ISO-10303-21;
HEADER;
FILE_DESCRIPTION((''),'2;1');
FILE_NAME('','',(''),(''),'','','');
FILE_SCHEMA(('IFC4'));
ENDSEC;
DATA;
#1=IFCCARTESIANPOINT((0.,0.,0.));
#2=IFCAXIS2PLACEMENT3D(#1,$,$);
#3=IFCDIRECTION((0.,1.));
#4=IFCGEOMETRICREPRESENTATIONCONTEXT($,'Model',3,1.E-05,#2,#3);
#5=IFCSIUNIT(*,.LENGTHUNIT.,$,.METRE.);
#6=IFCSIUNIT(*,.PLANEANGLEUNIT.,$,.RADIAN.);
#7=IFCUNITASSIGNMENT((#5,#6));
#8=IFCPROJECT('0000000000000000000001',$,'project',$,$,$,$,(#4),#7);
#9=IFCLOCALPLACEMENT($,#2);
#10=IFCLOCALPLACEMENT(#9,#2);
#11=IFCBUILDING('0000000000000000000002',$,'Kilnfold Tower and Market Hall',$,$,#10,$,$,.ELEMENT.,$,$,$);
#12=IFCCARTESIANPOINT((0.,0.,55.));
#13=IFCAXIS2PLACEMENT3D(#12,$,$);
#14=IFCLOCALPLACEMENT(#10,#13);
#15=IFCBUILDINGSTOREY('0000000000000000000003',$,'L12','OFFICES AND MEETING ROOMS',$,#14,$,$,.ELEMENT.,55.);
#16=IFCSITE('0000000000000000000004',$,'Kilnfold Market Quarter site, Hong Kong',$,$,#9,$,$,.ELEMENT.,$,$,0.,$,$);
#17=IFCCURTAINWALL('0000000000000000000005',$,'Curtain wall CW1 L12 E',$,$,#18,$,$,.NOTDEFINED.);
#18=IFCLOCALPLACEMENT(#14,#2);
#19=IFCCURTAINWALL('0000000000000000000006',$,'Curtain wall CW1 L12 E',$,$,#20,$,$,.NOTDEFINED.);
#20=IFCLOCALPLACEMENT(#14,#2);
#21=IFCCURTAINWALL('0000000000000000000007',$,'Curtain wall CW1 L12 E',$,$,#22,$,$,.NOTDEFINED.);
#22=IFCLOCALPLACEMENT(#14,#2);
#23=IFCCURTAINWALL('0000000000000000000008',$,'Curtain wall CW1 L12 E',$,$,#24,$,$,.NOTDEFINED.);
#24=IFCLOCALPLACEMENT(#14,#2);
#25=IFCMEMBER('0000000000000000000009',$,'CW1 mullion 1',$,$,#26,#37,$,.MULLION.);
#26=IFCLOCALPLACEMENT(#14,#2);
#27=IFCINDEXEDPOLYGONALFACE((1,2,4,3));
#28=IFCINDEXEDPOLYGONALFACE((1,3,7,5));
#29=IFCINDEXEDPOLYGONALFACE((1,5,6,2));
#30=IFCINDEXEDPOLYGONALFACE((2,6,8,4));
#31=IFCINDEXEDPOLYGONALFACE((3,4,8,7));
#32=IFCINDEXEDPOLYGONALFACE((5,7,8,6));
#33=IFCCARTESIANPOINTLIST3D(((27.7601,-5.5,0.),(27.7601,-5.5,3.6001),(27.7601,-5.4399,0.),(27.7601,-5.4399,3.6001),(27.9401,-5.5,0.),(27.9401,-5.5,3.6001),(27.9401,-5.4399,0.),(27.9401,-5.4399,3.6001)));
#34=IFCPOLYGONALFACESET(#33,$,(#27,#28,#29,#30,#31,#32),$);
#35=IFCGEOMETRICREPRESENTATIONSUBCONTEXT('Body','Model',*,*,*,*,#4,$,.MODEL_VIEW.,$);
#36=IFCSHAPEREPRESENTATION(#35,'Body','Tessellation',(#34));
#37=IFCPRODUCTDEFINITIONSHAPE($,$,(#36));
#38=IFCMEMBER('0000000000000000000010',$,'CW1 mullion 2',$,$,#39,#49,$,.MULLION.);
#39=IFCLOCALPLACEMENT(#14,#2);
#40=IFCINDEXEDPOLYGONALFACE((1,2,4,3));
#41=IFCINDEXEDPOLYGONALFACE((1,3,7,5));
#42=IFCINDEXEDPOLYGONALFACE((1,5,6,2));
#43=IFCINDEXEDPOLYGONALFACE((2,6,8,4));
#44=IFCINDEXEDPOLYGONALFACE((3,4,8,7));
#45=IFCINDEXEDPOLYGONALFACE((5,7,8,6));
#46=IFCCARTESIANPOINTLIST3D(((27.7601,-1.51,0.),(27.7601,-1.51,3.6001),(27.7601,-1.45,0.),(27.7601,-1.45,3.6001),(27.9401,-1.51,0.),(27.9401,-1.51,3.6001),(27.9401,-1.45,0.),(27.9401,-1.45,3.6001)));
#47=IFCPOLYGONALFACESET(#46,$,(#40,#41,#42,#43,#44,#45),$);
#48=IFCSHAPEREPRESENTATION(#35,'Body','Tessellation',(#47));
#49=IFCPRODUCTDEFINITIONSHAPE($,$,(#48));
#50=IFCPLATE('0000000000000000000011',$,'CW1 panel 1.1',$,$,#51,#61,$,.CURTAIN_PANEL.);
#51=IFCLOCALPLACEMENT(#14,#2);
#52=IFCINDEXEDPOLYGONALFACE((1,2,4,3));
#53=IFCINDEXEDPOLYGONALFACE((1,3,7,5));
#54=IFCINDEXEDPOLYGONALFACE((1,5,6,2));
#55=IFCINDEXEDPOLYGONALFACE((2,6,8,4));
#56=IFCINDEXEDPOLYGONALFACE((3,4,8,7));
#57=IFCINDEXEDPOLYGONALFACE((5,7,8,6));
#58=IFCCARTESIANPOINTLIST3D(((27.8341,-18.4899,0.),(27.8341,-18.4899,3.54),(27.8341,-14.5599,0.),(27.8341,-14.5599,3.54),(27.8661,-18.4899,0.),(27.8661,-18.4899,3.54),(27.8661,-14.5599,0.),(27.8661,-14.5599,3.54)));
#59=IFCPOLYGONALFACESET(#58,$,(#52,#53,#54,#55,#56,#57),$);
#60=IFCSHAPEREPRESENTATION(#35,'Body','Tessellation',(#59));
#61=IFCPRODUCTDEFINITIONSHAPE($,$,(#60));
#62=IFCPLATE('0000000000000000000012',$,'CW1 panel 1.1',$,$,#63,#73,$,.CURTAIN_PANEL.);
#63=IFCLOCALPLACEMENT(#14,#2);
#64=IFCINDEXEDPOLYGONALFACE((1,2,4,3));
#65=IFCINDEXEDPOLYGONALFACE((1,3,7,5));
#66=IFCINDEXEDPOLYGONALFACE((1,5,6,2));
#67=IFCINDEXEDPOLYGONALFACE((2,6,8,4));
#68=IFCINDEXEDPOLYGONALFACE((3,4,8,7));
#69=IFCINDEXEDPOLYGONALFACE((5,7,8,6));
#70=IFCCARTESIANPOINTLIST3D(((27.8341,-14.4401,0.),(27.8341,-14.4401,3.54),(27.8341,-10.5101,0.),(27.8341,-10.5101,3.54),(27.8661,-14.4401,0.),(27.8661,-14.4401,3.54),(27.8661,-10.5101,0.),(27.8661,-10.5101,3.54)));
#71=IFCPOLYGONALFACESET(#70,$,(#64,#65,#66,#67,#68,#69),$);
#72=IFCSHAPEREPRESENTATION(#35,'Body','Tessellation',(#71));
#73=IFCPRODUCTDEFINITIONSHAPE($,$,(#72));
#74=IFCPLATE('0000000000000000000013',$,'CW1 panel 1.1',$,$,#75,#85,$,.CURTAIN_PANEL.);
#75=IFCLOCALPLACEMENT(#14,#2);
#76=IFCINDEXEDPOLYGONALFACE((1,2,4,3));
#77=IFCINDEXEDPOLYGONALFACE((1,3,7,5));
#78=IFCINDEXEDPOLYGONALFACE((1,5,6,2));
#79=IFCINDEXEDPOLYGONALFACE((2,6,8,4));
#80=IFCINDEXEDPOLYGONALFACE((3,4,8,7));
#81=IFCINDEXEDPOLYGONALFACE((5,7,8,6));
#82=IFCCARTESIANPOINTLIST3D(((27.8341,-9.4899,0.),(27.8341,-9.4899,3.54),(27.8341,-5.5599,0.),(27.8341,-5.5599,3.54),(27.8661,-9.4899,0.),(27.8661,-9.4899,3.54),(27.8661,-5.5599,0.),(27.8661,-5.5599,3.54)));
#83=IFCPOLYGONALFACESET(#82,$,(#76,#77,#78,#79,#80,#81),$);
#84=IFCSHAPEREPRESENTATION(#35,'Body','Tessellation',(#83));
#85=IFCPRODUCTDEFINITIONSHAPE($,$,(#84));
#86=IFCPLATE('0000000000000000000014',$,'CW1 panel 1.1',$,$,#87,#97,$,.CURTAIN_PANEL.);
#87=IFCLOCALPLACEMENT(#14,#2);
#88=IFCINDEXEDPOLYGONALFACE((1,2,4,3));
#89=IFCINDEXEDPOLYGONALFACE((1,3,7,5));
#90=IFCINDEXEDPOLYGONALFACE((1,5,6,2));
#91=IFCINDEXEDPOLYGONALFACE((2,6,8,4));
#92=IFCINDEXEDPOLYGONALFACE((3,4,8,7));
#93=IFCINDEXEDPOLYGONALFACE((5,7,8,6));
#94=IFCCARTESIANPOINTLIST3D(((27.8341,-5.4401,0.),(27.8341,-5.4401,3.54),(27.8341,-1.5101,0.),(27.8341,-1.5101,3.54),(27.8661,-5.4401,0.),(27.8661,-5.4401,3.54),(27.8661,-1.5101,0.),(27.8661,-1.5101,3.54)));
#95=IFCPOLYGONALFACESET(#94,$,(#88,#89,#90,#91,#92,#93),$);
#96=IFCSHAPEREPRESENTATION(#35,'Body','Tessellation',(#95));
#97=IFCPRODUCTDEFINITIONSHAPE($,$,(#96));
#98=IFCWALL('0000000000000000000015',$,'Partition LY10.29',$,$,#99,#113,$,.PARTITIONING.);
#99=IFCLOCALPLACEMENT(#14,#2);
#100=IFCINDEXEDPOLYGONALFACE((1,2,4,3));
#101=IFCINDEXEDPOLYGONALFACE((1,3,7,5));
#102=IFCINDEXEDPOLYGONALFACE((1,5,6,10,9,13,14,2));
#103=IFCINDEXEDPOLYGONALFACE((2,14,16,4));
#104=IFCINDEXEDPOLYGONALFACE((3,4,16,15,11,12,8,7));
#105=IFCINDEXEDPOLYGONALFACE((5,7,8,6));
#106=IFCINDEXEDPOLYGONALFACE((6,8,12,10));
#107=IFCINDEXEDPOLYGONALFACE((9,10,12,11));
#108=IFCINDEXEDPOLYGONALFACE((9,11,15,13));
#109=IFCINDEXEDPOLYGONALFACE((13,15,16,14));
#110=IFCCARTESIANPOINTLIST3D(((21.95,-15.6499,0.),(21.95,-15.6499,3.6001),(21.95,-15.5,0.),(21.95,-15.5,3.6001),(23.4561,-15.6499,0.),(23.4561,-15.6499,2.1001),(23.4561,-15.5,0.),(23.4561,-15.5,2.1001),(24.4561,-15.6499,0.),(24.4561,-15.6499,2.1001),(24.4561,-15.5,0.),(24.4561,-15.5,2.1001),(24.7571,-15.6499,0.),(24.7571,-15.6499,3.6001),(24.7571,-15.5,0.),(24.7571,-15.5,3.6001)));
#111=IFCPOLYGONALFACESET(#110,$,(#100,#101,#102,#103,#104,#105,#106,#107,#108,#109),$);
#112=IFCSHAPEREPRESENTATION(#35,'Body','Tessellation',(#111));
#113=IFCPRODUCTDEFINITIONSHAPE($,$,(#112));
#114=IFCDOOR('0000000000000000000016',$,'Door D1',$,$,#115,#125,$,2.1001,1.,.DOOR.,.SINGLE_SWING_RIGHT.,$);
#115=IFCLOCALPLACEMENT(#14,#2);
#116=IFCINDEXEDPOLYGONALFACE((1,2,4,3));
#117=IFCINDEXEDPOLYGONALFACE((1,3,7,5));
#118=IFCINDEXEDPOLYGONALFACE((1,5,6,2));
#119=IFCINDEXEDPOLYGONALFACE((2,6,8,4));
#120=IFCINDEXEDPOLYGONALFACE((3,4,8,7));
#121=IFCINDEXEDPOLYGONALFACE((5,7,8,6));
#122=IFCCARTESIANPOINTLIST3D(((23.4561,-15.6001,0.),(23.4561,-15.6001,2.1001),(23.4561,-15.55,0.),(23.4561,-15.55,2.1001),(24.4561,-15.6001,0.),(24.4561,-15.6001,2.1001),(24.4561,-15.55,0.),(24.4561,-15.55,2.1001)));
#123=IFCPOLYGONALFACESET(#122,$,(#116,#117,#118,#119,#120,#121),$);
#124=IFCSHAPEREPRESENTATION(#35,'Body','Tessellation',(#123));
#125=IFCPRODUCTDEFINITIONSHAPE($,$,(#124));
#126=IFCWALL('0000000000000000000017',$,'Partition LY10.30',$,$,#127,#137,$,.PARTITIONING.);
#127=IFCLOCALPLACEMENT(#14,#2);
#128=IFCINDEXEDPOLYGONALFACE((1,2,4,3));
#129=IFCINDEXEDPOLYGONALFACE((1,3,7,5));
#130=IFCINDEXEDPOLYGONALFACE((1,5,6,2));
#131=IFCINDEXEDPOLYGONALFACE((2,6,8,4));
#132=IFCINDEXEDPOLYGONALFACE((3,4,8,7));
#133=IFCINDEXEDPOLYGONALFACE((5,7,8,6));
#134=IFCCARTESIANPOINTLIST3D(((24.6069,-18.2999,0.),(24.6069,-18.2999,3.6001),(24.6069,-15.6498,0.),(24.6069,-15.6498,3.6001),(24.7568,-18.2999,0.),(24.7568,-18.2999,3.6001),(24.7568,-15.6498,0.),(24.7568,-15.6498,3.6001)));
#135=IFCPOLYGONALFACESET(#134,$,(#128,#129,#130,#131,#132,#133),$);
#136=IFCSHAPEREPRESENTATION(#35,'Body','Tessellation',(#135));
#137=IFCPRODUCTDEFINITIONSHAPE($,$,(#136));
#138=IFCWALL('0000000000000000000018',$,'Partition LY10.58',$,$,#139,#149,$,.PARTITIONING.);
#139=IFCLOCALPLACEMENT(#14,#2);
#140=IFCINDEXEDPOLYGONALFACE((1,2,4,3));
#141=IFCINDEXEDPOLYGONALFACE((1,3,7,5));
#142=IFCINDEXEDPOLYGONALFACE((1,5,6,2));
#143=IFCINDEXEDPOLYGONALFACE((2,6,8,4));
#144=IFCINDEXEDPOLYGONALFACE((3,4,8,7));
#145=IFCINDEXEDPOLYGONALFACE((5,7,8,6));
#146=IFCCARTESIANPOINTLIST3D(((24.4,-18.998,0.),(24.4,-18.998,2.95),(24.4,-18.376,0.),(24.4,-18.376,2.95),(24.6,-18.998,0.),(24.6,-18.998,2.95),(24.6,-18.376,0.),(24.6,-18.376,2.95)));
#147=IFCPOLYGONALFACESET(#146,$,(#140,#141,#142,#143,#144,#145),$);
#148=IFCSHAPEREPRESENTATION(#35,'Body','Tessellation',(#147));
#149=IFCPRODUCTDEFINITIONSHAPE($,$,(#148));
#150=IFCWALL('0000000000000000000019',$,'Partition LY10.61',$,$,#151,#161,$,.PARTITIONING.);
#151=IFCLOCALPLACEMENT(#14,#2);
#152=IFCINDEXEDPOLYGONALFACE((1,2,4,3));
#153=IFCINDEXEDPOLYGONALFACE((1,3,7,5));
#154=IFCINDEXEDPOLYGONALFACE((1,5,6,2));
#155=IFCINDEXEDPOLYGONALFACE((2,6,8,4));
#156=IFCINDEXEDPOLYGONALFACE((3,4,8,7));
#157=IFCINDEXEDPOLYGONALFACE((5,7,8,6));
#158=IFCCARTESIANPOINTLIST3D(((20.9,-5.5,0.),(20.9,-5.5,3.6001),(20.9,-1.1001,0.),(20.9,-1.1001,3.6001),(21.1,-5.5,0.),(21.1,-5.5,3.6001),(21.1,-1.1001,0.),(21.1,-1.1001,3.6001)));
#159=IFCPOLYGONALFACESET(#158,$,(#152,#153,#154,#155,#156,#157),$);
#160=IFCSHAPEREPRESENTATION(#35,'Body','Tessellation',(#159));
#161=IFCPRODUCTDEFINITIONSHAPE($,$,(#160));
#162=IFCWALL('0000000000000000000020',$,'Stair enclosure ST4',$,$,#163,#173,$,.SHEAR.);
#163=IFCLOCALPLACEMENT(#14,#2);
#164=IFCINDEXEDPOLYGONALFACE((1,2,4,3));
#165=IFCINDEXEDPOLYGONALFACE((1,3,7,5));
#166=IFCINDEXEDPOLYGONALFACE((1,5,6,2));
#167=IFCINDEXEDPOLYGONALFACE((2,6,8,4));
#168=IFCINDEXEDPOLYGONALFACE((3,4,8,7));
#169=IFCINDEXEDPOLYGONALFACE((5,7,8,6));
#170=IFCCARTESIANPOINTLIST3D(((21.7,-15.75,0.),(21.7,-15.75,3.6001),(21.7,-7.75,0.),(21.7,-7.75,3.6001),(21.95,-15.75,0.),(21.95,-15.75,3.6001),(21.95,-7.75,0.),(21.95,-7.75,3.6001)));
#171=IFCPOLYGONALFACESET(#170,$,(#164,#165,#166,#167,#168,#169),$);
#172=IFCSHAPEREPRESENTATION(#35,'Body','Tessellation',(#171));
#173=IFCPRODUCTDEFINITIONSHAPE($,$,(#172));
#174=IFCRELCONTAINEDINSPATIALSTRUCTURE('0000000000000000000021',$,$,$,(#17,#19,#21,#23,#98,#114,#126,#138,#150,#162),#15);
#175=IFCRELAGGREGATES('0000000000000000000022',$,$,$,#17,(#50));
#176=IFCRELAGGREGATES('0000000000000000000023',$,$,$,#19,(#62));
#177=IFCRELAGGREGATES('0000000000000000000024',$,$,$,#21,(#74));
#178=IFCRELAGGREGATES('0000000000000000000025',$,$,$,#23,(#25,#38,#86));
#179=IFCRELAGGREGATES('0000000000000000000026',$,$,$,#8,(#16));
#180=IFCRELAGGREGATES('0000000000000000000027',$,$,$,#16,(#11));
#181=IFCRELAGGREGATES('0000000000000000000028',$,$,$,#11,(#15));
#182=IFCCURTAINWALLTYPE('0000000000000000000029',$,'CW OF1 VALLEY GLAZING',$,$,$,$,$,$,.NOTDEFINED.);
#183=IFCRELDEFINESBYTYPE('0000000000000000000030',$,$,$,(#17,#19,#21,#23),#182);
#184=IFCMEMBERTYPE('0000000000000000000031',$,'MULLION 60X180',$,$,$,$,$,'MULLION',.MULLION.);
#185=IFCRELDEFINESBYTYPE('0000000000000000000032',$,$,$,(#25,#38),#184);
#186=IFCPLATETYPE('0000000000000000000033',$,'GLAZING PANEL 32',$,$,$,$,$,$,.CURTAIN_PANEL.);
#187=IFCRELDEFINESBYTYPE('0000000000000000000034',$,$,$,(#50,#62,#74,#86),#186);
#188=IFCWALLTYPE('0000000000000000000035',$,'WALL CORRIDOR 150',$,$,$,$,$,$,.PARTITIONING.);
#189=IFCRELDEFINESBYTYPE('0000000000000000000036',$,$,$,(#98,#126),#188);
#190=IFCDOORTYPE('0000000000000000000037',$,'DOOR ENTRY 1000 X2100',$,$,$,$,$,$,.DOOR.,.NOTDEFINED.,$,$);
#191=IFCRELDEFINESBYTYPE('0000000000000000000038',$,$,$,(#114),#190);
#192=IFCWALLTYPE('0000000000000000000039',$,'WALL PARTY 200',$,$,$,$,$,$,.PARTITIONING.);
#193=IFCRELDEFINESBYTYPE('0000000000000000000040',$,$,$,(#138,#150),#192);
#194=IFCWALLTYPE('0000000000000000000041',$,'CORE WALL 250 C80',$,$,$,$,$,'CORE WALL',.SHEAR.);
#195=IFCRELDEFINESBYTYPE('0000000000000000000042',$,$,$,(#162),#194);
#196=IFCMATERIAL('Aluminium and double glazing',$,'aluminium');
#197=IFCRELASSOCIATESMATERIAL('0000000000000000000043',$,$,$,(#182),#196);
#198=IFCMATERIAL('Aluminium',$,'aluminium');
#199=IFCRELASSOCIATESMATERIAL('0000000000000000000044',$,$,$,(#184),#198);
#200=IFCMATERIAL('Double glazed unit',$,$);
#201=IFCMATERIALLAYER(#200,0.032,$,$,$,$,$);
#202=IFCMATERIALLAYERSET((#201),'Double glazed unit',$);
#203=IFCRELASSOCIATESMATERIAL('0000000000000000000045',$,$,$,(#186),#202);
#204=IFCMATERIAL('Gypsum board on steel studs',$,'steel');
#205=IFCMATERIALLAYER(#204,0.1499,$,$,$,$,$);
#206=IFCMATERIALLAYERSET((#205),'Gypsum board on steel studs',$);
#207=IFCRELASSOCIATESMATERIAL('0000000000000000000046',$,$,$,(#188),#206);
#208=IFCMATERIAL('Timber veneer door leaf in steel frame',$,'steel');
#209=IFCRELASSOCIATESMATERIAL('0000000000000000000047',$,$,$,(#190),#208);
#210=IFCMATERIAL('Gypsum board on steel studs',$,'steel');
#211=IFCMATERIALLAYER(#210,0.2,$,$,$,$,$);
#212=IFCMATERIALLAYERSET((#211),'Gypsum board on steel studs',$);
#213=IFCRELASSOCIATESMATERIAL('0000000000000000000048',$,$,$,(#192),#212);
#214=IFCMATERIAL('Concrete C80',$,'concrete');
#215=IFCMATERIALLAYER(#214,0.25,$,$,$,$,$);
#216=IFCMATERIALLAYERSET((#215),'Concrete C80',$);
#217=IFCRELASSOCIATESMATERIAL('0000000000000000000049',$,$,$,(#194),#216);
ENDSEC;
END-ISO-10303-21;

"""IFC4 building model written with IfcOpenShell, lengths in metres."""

from ifc_helpers import new_model, si_unit, direction, frame, frame_2d, origin, origin_2d, place, context, subcontext, project, spatial, rectangle, extrude, source, transform, mapped, material, layer, layer_set, material_profile, profile_set, type_object, element, fill, aggregate, save


model = new_model("IFC4")

# Units and contexts
model_context = context("Model", 3, precision=1e-05, world=origin(), true_north=direction((0.0, 1.0)))
body_context = subcontext(model_context, "Body", "Model", "MODEL_VIEW")
ifc_project = project(units=[si_unit("LENGTHUNIT", "METRE"), si_unit("PLANEANGLEUNIT", "RADIAN")], contexts=[model_context])

# Site, building, storey
site_placement = place(None, origin())
site = spatial("IfcSite", under=ifc_project, at=site_placement, Name="Kilnfold Market Quarter site, Hong Kong", CompositionType="ELEMENT", RefElevation=0.0)
building_placement = place(site_placement, origin())
building = spatial("IfcBuilding", under=site, at=building_placement, Name="Kilnfold Tower and Market Hall", CompositionType="ELEMENT")
storey_placement = place(building_placement, frame((0.0, 0.0, 55.0)))
storey = spatial("IfcBuildingStorey", under=building, at=storey_placement, Name="L12", Description="OFFICES AND MEETING ROOMS", CompositionType="ELEMENT", Elevation=55.0)

# Curtain walls
ifc_material_1 = material(Name="Aluminium and double glazing", Category="aluminium")
curtain_wall_type = type_object("IfcCurtainWallType", Name="CW OF1 VALLEY GLAZING", PredefinedType="NOTDEFINED", material=ifc_material_1)
curtain_wall_1_placement = place(storey_placement, origin())
curtain_wall_1 = element("IfcCurtainWall", 1, at=curtain_wall_1_placement, inside=storey, type_object=curtain_wall_type, Name="Curtain wall CW1 L12 E", PredefinedType="NOTDEFINED")
curtain_wall_2_placement = place(storey_placement, origin())
curtain_wall_2 = element("IfcCurtainWall", 2, at=curtain_wall_2_placement, inside=storey, type_object=curtain_wall_type, Name="Curtain wall CW1 L12 E", PredefinedType="NOTDEFINED")
curtain_wall_3_placement = place(storey_placement, origin())
curtain_wall_3 = element("IfcCurtainWall", 3, at=curtain_wall_3_placement, inside=storey, type_object=curtain_wall_type, Name="Curtain wall CW1 L12 E", PredefinedType="NOTDEFINED")
curtain_wall_4_placement = place(storey_placement, origin())
curtain_wall_4 = element("IfcCurtainWall", 4, at=curtain_wall_4_placement, inside=storey, type_object=curtain_wall_type, Name="Curtain wall CW1 L12 E", PredefinedType="NOTDEFINED")

# Members
ifc_material_2 = material(Name="Aluminium", Category="aluminium")
ifc_material_profile_1 = material_profile(ifc_material_2, rectangle(XDim=0.0601, YDim=0.1799, at=origin_2d()), Name="MULLION 60x180")
ifc_profile_set_1 = profile_set([ifc_material_profile_1], Name="Aluminium")
member_type_1 = type_object("IfcMemberType", Name="MULLION 60X180", ElementType="MULLION", PredefinedType="MULLION", material=ifc_profile_set_1)
shared_shape_1 = source(origin(), body_context, "Body", "SweptSolid", [
    extrude(rectangle(XDim=0.0601, YDim=0.1799, at=origin_2d()), origin(), (0.0, 0.0, 1.0), 3.6001),
])
member_1_placement = place(storey_placement, frame((27.8501, -5.47, 0.0), z_axis=(0.0, 0.0, 1.0), x_axis=(0.0, 1.0, 0.0)))
member_1 = element("IfcMember", 5, at=member_1_placement, type_object=member_type_1, Name="CW1 mullion 1", PredefinedType="MULLION", context=body_context, shape_type="MappedRepresentation", body=[
    mapped(shared_shape_1, transform((0.0, 0.0, 0.0))),
])
member_2_placement = place(storey_placement, frame((27.8501, -1.48, 0.0), z_axis=(0.0, 0.0, 1.0), x_axis=(0.0, 1.0, 0.0)))
member_2 = element("IfcMember", 6, at=member_2_placement, type_object=member_type_1, Name="CW1 mullion 2", PredefinedType="MULLION", context=body_context, shape_type="MappedRepresentation", body=[
    mapped(shared_shape_1, transform((0.0, 0.0, 0.0))),
])

# Plates
ifc_material_3 = material(Name="Double glazed unit")
ifc_layer_1 = layer(ifc_material_3, 0.032)
ifc_layer_set_1 = layer_set([ifc_layer_1], Name="Double glazed unit")
plate_type = type_object("IfcPlateType", Name="GLAZING PANEL 32", PredefinedType="CURTAIN_PANEL", material=ifc_layer_set_1)
shared_shape_2 = source(origin(), body_context, "Body", "SweptSolid", [
    extrude(rectangle(XDim=3.9299, YDim=0.032, at=origin_2d()), origin(), (0.0, 0.0, 1.0), 3.54),
])
plate_1_placement = place(storey_placement, frame((27.8501, -16.5249, 0.0), z_axis=(0.0, 0.0, 1.0), x_axis=(0.0, 1.0, 0.0)))
plate_1 = element("IfcPlate", 7, at=plate_1_placement, type_object=plate_type, Name="CW1 panel 1.1", PredefinedType="CURTAIN_PANEL", context=body_context, shape_type="MappedRepresentation", body=[
    mapped(shared_shape_2, transform((0.0, 0.0, 0.0))),
])
aggregate(curtain_wall_1, [plate_1])
plate_2_placement = place(storey_placement, frame((27.8501, -12.4751, 0.0), z_axis=(0.0, 0.0, 1.0), x_axis=(0.0, 1.0, 0.0)))
plate_2 = element("IfcPlate", 8, at=plate_2_placement, type_object=plate_type, Name="CW1 panel 1.1", PredefinedType="CURTAIN_PANEL", context=body_context, shape_type="MappedRepresentation", body=[
    mapped(shared_shape_2, transform((0.0, 0.0, 0.0))),
])
aggregate(curtain_wall_2, [plate_2])
plate_3_placement = place(storey_placement, frame((27.8501, -7.5249, 0.0), z_axis=(0.0, 0.0, 1.0), x_axis=(0.0, 1.0, 0.0)))
plate_3 = element("IfcPlate", 9, at=plate_3_placement, type_object=plate_type, Name="CW1 panel 1.1", PredefinedType="CURTAIN_PANEL", context=body_context, shape_type="MappedRepresentation", body=[
    mapped(shared_shape_2, transform((0.0, 0.0, 0.0))),
])
aggregate(curtain_wall_3, [plate_3])
plate_4_placement = place(storey_placement, frame((27.8501, -3.4751, 0.0), z_axis=(0.0, 0.0, 1.0), x_axis=(0.0, 1.0, 0.0)))
plate_4 = element("IfcPlate", 10, at=plate_4_placement, type_object=plate_type, Name="CW1 panel 1.1", PredefinedType="CURTAIN_PANEL", context=body_context, shape_type="MappedRepresentation", body=[
    mapped(shared_shape_2, transform((0.0, 0.0, 0.0))),
])
aggregate(curtain_wall_4, [member_1, member_2, plate_4])

# Wall, opening, door
ifc_material_4 = material(Name="Gypsum board on steel studs", Category="steel")
ifc_layer_2 = layer(ifc_material_4, 0.1499)
ifc_layer_set_2 = layer_set([ifc_layer_2], Name="Gypsum board on steel studs")
wall_type_1 = type_object("IfcWallType", Name="WALL CORRIDOR 150", PredefinedType="PARTITIONING", material=ifc_layer_set_2)
wall_1_placement = place(storey_placement, frame((21.95, -15.575, 0.0), z_axis=(0.0, 0.0, 1.0), x_axis=(1.0, 0.0, 0.0)))
wall_1 = element("IfcWall", 11, at=wall_1_placement, inside=storey, type_object=wall_type_1, Name="Partition LY10.29", PredefinedType="PARTITIONING", context=body_context, shape_type="SweptSolid", body=[
    extrude(rectangle(XDim=2.8071, YDim=0.1499, at=frame_2d((1.4036, 0.0))), origin(), (0.0, 0.0, 1.0), 3.6001),
])
opening_placement = place(wall_1_placement, frame((1.5061, 0.0, 0.0)))
opening = element("IfcOpeningElement", 12, at=opening_placement, cuts=wall_1, PredefinedType="OPENING", context=body_context, shape_type="SweptSolid", body=[
    extrude(rectangle(XDim=1.0, YDim=2.1001, at=frame_2d((0.5, 1.05))), frame((0.0, 0.085, 0.0), z_axis=(0.0, -1.0, 0.0), x_axis=(1.0, 0.0, 0.0)), (0.0, 0.0, 1.0), 0.1699),
])
ifc_material_5 = material(Name="Timber veneer door leaf in steel frame", Category="steel")
door_type = type_object("IfcDoorType", Name="DOOR ENTRY 1000 X2100", OperationType="NOTDEFINED", PredefinedType="DOOR", material=ifc_material_5)
door_placement = place(opening_placement, origin())
door = element("IfcDoor", 13, at=door_placement, inside=storey, type_object=door_type, Name="Door D1", OperationType="SINGLE_SWING_RIGHT", OverallHeight=2.1001, OverallWidth=1.0, PredefinedType="DOOR", context=body_context, shape_type="SweptSolid", body=[
    extrude(rectangle(XDim=1.0, YDim=2.1001, at=frame_2d((0.5, 1.05))), frame((0.0, 0.0249, 0.0), z_axis=(0.0, -1.0, 0.0), x_axis=(1.0, 0.0, 0.0)), (0.0, 0.0, 1.0), 0.05),
])
fill(opening, door)

# Walls
wall_2_placement = place(storey_placement, frame((24.6819, -18.3, 0.0), z_axis=(0.0, 0.0, 1.0), x_axis=(0.0, 1.0, 0.0)))
element("IfcWall", 14, at=wall_2_placement, inside=storey, type_object=wall_type_1, Name="Partition LY10.30", PredefinedType="PARTITIONING", context=body_context, shape_type="SweptSolid", body=[
    extrude(rectangle(XDim=2.6501, YDim=0.1499, at=frame_2d((1.3252, 0.0))), origin(), (0.0, 0.0, 1.0), 3.6001),
])
ifc_material_6 = material(Name="Gypsum board on steel studs", Category="steel")
ifc_layer_3 = layer(ifc_material_6, 0.2)
ifc_layer_set_3 = layer_set([ifc_layer_3], Name="Gypsum board on steel studs")
wall_type_2 = type_object("IfcWallType", Name="WALL PARTY 200", PredefinedType="PARTITIONING", material=ifc_layer_set_3)
wall_3_placement = place(storey_placement, frame((24.5, -18.998, 0.0), z_axis=(0.0, 0.0, 1.0), x_axis=(0.0, 1.0, 0.0)))
element("IfcWall", 15, at=wall_3_placement, inside=storey, type_object=wall_type_2, Name="Partition LY10.58", PredefinedType="PARTITIONING", context=body_context, shape_type="SweptSolid", body=[
    extrude(rectangle(XDim=0.6221, YDim=0.2, at=frame_2d((0.311, 0.0))), origin(), (0.0, 0.0, 1.0), 2.95),
])
wall_4_placement = place(storey_placement, frame((21.0, -1.1001, 0.0), z_axis=(0.0, 0.0, 1.0), x_axis=(0.0, -1.0, 0.0)))
element("IfcWall", 16, at=wall_4_placement, inside=storey, type_object=wall_type_2, Name="Partition LY10.61", PredefinedType="PARTITIONING", context=body_context, shape_type="SweptSolid", body=[
    extrude(rectangle(XDim=4.3999, YDim=0.2, at=frame_2d((2.2, 0.0))), origin(), (0.0, 0.0, 1.0), 3.6001),
])
ifc_material_7 = material(Name="Concrete C80", Category="concrete")
ifc_layer_4 = layer(ifc_material_7, 0.25)
ifc_layer_set_4 = layer_set([ifc_layer_4], Name="Concrete C80")
wall_type_3 = type_object("IfcWallType", Name="CORE WALL 250 C80", ElementType="CORE WALL", PredefinedType="SHEAR", material=ifc_layer_set_4)
shared_shape_3 = source(origin(), body_context, "Body", "SweptSolid", [
    extrude(rectangle(XDim=8.0, YDim=0.25, at=frame_2d((4.0, 0.0))), origin(), (0.0, 0.0, 1.0), 3.6001),
])
wall_5_placement = place(storey_placement, frame((21.825, -15.75, 0.0), z_axis=(0.0, 0.0, 1.0), x_axis=(0.0, 1.0, 0.0)))
element("IfcWall", 17, at=wall_5_placement, inside=storey, type_object=wall_type_3, Name="Stair enclosure ST4", PredefinedType="SHEAR", context=body_context, shape_type="MappedRepresentation", body=[
    mapped(shared_shape_3, transform((0.0, 0.0, 0.0))),
])

save(model, "model.ifc")
